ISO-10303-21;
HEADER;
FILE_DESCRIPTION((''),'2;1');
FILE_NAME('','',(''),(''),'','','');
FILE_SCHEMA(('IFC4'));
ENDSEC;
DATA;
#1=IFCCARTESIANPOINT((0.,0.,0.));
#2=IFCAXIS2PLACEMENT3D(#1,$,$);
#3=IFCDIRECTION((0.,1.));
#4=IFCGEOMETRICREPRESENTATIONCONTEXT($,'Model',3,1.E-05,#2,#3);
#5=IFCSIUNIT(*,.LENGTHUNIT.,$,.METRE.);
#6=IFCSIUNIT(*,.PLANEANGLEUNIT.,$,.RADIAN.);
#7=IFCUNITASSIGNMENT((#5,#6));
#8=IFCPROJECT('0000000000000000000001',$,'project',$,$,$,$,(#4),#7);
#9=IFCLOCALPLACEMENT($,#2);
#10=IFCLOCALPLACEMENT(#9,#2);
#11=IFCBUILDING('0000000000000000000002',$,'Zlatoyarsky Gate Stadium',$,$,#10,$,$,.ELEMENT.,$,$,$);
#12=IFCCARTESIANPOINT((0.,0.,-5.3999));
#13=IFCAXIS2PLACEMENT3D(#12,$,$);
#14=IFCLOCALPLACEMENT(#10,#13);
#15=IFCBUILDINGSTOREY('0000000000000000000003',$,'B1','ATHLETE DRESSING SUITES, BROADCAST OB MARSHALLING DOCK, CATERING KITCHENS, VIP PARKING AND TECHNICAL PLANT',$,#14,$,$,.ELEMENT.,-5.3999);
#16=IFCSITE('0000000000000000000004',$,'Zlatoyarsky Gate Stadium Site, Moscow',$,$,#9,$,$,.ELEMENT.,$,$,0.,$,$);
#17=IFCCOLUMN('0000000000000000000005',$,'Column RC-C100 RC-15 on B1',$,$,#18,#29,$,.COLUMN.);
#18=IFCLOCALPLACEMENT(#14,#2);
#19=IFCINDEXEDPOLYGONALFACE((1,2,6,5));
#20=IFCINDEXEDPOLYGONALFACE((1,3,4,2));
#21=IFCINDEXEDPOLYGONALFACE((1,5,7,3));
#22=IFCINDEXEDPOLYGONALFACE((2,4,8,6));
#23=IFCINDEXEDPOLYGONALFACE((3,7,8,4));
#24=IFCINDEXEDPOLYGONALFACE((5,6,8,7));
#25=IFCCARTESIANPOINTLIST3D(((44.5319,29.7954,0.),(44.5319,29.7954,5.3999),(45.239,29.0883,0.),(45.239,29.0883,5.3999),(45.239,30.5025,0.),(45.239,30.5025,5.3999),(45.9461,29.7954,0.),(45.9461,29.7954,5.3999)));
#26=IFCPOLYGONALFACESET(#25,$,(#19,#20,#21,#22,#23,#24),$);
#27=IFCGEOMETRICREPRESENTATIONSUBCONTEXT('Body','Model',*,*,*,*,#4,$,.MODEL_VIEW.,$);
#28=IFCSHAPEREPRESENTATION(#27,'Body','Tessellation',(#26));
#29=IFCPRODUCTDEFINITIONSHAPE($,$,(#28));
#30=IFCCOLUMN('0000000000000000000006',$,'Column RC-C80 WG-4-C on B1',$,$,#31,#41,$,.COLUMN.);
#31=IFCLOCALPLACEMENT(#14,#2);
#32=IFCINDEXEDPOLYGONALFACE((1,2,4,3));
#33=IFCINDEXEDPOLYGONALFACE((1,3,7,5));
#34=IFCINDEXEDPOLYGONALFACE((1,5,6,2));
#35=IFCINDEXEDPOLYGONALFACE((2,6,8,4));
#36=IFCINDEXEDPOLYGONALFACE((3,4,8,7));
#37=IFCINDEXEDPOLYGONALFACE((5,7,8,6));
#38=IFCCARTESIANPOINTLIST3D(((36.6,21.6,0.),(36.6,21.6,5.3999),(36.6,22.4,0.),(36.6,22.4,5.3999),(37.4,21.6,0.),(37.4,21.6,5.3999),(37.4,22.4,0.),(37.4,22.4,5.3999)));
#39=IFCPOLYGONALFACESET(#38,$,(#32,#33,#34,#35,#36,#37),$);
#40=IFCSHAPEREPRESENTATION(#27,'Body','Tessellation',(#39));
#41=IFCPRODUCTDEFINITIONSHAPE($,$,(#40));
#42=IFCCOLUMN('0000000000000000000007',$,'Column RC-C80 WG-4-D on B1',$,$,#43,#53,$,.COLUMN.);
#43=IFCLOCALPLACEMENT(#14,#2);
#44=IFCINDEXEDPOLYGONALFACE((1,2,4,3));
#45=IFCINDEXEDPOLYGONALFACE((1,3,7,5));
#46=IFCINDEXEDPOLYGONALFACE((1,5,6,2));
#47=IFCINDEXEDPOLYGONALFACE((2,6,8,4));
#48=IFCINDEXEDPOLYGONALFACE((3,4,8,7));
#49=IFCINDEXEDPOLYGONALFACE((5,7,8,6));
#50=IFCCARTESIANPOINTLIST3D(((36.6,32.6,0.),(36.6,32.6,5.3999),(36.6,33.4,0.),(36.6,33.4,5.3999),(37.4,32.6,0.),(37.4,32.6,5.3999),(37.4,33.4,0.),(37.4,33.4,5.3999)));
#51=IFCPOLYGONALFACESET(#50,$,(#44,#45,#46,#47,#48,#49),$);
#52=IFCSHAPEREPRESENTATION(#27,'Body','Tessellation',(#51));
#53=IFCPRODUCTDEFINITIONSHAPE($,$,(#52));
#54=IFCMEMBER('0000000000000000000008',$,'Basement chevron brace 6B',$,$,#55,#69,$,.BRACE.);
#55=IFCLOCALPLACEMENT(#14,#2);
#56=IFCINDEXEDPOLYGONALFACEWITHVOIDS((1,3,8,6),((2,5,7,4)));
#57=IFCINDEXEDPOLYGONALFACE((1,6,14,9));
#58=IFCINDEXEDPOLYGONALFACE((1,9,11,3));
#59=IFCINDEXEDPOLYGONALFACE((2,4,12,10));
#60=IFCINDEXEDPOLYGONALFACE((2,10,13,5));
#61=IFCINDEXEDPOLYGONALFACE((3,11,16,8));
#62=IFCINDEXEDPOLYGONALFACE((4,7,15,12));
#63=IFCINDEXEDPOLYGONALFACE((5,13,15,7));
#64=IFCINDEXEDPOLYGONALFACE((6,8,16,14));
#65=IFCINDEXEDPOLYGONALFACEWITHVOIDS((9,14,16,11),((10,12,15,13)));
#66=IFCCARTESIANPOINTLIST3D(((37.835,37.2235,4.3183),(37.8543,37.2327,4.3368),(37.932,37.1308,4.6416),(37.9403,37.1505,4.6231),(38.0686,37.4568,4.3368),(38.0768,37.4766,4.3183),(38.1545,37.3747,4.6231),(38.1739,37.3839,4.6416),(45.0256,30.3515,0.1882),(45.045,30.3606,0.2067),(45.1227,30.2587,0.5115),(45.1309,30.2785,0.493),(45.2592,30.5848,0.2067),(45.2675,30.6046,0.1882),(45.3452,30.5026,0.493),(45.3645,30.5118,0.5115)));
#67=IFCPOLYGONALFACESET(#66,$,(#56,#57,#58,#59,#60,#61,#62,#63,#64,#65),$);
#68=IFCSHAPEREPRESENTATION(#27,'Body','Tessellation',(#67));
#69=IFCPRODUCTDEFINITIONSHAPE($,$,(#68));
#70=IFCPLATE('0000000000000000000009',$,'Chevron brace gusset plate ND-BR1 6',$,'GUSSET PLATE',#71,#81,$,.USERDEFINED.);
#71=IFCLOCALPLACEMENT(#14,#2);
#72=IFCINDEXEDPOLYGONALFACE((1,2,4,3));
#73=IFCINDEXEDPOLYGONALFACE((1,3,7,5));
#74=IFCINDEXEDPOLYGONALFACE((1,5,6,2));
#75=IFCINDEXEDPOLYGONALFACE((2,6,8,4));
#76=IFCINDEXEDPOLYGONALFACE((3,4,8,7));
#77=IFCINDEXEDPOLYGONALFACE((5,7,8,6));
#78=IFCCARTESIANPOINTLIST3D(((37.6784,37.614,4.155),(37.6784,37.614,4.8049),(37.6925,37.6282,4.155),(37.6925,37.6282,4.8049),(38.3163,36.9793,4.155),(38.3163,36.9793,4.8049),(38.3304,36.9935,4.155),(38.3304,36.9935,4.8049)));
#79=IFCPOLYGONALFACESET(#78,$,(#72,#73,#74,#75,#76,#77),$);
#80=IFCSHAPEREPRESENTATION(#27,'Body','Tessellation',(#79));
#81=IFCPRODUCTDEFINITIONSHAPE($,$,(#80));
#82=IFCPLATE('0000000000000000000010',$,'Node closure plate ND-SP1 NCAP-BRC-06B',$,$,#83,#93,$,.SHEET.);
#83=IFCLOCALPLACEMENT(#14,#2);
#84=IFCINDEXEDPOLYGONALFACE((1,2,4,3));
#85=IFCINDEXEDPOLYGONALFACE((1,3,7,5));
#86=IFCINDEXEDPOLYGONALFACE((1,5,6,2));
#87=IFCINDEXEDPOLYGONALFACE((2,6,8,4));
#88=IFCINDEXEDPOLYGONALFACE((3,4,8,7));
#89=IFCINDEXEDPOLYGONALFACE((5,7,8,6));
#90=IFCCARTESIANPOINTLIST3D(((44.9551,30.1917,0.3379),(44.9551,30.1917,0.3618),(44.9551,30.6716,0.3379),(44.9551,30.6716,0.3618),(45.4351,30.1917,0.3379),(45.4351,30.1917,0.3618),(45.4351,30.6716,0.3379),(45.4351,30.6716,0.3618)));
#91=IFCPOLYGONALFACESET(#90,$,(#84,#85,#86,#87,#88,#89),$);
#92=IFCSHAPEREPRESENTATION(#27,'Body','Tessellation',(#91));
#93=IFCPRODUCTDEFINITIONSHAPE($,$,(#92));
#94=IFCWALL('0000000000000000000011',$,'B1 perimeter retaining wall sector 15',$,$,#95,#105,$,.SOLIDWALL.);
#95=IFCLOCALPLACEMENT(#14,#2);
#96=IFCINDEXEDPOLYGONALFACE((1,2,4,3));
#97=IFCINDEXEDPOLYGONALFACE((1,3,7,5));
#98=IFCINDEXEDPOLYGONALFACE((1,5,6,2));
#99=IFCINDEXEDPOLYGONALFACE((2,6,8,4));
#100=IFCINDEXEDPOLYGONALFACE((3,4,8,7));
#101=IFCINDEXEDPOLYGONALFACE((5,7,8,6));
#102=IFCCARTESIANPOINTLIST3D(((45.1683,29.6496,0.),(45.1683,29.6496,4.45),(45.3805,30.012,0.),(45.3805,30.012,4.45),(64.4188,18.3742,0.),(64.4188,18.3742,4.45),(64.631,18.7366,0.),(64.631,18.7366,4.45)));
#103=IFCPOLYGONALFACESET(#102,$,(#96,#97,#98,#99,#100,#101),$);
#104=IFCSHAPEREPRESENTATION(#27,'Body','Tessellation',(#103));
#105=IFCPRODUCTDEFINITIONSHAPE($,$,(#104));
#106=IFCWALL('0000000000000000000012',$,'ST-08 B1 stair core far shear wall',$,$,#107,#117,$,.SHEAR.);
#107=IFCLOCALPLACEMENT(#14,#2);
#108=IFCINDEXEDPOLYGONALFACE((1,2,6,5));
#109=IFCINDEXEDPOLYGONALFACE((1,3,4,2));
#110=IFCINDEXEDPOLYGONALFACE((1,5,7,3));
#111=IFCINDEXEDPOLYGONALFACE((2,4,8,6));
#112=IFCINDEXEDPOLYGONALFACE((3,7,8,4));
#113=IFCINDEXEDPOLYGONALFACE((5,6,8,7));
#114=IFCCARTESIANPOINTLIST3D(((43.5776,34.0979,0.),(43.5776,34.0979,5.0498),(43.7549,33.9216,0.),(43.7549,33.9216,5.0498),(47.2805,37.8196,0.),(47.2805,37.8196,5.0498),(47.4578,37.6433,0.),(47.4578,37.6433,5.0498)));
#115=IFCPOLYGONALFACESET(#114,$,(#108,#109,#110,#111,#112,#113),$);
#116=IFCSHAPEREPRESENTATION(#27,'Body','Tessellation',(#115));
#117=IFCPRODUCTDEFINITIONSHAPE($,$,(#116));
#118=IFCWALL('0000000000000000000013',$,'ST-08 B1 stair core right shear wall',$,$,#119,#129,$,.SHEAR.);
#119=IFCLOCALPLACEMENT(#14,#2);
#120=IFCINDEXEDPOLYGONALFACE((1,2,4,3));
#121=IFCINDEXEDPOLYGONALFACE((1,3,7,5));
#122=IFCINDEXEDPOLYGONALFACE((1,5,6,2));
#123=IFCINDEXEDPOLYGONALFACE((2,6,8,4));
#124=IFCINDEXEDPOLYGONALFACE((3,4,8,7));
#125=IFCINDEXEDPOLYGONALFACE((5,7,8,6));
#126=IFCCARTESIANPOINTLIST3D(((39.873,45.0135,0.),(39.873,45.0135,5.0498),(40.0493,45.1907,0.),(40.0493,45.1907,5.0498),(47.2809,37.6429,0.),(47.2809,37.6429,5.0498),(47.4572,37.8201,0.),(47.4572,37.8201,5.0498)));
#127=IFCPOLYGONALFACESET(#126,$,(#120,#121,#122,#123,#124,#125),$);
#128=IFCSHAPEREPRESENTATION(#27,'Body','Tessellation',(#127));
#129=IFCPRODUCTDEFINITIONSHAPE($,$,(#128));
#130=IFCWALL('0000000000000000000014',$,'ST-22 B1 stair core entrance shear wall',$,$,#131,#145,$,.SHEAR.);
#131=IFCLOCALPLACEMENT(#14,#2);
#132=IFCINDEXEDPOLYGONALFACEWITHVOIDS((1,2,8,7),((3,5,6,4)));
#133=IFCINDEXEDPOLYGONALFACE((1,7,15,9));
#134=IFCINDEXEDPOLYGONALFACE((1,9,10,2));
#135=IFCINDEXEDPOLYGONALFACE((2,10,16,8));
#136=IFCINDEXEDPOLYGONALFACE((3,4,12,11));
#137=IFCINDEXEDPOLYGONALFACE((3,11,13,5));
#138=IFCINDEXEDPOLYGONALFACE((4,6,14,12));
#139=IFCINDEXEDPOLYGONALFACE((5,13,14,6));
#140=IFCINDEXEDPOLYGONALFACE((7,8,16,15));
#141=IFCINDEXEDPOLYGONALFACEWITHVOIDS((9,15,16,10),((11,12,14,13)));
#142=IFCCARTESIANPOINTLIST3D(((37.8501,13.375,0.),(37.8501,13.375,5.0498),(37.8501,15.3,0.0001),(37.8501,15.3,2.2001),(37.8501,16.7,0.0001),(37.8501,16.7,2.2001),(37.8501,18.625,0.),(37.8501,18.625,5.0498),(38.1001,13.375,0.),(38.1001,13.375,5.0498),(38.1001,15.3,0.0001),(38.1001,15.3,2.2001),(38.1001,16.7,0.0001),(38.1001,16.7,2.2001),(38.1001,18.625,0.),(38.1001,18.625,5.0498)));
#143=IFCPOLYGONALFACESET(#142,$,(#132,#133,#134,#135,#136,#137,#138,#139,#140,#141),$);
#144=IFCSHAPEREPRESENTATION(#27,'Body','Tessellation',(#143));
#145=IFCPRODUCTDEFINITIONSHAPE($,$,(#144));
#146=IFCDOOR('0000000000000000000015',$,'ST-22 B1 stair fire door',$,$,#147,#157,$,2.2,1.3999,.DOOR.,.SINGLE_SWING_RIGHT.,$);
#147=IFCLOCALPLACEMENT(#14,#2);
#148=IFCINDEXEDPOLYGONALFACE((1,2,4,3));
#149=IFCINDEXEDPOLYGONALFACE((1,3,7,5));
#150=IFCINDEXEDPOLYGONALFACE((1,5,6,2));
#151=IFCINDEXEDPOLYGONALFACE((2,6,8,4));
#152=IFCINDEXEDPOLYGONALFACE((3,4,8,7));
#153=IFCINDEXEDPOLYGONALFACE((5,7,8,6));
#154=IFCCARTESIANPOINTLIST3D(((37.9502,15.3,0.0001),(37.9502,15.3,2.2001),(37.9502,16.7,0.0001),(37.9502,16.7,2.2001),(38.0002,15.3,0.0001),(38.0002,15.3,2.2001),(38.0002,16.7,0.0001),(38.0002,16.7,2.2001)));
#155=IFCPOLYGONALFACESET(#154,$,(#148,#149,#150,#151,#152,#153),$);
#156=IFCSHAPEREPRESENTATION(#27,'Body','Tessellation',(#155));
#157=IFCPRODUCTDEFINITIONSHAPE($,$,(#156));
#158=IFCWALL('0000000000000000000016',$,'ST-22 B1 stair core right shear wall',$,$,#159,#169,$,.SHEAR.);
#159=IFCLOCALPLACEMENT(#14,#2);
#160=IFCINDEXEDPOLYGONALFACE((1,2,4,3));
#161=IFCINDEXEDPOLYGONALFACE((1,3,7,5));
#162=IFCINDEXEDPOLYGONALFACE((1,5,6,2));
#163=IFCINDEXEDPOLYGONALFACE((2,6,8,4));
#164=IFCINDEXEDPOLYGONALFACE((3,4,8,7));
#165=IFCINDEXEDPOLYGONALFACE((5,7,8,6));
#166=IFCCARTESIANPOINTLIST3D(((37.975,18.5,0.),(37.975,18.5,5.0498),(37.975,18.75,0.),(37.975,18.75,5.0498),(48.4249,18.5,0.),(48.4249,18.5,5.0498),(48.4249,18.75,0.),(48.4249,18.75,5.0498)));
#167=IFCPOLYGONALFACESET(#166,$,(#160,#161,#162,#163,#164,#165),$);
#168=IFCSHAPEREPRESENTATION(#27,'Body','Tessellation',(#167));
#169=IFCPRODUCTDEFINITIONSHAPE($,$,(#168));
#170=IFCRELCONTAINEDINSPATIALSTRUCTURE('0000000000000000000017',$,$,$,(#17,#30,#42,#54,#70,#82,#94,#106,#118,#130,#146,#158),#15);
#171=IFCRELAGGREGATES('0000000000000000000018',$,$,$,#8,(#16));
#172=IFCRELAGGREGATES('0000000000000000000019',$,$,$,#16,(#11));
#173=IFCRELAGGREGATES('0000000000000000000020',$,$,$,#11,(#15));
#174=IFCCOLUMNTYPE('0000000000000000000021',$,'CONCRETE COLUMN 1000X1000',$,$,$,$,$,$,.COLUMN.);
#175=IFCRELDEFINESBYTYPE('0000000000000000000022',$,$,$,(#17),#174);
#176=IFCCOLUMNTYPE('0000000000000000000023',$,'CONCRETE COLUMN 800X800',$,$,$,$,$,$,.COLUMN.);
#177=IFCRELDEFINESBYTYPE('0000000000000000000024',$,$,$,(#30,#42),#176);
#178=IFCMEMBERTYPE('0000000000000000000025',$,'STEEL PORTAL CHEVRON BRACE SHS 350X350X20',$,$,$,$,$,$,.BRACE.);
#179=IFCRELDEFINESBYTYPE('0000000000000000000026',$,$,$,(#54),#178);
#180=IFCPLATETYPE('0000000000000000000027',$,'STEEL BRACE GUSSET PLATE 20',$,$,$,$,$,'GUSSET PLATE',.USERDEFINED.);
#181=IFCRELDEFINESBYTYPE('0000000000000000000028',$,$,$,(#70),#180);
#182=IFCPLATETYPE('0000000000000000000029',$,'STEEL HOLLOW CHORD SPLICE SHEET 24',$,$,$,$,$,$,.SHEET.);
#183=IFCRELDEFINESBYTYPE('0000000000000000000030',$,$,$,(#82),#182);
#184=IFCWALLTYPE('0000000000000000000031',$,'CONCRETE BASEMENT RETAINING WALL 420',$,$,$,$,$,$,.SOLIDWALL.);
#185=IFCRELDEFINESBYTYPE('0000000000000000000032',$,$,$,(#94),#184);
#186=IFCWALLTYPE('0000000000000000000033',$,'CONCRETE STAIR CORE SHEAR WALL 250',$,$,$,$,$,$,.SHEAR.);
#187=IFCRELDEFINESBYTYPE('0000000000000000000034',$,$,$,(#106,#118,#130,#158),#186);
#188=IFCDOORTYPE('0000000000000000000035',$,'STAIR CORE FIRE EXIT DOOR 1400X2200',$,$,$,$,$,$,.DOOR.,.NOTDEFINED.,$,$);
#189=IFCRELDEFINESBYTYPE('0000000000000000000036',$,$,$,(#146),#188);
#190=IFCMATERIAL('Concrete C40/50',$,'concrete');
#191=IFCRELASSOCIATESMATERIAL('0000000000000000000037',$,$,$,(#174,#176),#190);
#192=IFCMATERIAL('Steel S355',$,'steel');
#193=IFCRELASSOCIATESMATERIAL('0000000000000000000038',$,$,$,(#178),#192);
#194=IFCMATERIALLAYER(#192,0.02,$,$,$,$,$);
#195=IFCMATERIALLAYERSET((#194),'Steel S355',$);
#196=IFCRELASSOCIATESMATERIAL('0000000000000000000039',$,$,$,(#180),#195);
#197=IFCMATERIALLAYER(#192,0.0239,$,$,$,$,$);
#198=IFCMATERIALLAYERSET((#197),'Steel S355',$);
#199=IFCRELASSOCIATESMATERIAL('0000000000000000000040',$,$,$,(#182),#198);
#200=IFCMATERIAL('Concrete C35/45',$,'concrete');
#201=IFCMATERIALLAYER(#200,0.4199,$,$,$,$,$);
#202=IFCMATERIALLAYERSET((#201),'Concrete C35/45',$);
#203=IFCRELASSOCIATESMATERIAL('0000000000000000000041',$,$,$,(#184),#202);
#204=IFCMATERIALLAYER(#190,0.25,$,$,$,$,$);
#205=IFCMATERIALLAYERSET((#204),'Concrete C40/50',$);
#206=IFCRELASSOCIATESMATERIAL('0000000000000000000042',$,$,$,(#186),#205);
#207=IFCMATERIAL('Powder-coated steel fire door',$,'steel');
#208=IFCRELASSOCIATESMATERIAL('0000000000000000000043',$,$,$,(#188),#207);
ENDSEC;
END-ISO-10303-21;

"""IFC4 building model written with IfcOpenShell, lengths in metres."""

from ifc_helpers import new_model, si_unit, direction, frame, frame_2d, origin, origin_2d, place, context, subcontext, project, spatial, rectangle, hollow_rectangle, extrude, material, layer, layer_set, material_profile, profile_set, type_object, element, fill, save


model = new_model("IFC4")

# Units and contexts
model_context = context("Model", 3, precision=1e-05, world=origin(), true_north=direction((0.0, 1.0)))
body_context = subcontext(model_context, "Body", "Model", "MODEL_VIEW")
ifc_project = project(units=[si_unit("LENGTHUNIT", "METRE"), si_unit("PLANEANGLEUNIT", "RADIAN")], contexts=[model_context])

# Site, building, storey
site_placement = place(None, origin())
site = spatial("IfcSite", under=ifc_project, at=site_placement, Name="Zlatoyarsky Gate Stadium Site, Moscow", CompositionType="ELEMENT", RefElevation=0.0)
building_placement = place(site_placement, origin())
building = spatial("IfcBuilding", under=site, at=building_placement, Name="Zlatoyarsky Gate Stadium", CompositionType="ELEMENT")
storey_placement = place(building_placement, frame((0.0, 0.0, -5.3999)))
storey = spatial("IfcBuildingStorey", under=building, at=storey_placement, Name="B1", Description="ATHLETE DRESSING SUITES, BROADCAST OB MARSHALLING DOCK, CATERING KITCHENS, VIP PARKING AND TECHNICAL PLANT", CompositionType="ELEMENT", Elevation=-5.3999)

# Shared definitions
ifc_material_1 = material(Name="Concrete C35/45", Category="concrete")

# Columns
ifc_material_2 = material(Name="Concrete C40/50", Category="concrete")
ifc_material_profile_1 = material_profile(ifc_material_2, rectangle(XDim=1.0, YDim=1.0, at=origin_2d()), Name="RC COL 1000X1000")
ifc_profile_set_1 = profile_set([ifc_material_profile_1], Name="Concrete C40/50")
column_type_1 = type_object("IfcColumnType", Name="CONCRETE COLUMN 1000X1000", PredefinedType="COLUMN", material=ifc_profile_set_1)
column_placement = place(storey_placement, frame((45.239, 29.7954, 0.0), z_axis=(0.0, 0.0, 1.0), x_axis=(-0.707107, -0.707107, 0.0)))
element("IfcColumn", 1, at=column_placement, inside=storey, type_object=column_type_1, Name="Column RC-C100 RC-15 on B1", PredefinedType="COLUMN", context=body_context, shape_type="SweptSolid", body=[
    extrude(rectangle(XDim=1.0, YDim=1.0, at=origin_2d()), origin(), (0.0, 0.0, 1.0), 5.3999),
])
ifc_material_profile_2 = material_profile(ifc_material_2, rectangle(XDim=0.8, YDim=0.8, at=origin_2d()), Name="RC COL 800X800")
ifc_profile_set_2 = profile_set([ifc_material_profile_2], Name="Concrete C40/50")
column_type_2 = type_object("IfcColumnType", Name="CONCRETE COLUMN 800X800", PredefinedType="COLUMN", material=ifc_profile_set_2)
for number, where, z_axis, x_axis, name in (
    (2, (37.0, 22.0, 0.0), (0.0, 0.0, 1.0), (1.0, 0.0, 0.0), "Column RC-C80 WG-4-C on B1"),
    (3, (37.0, 33.0, 0.0), (0.0, 0.0, 1.0), (1.0, 0.0, 0.0), "Column RC-C80 WG-4-D on B1"),
):
    element("IfcColumn", number, at=place(storey_placement, frame(where, z_axis=z_axis, x_axis=x_axis)), inside=storey, type_object=column_type_2, Name=name, PredefinedType="COLUMN", context=body_context, shape_type="SweptSolid", body=[
        extrude(rectangle(XDim=0.8, YDim=0.8, at=origin_2d()), origin(), (0.0, 0.0, 1.0), 5.3999),
    ])

# Member
ifc_material_3 = material(Name="Steel S355", Category="steel")
ifc_material_profile_3 = material_profile(ifc_material_3, hollow_rectangle(XDim=0.3501, YDim=0.3501, WallThickness=0.02, at=origin_2d()), Name="SHS 350X350X20")
ifc_profile_set_3 = profile_set([ifc_material_profile_3], Name="Steel S355")
member_type = type_object("IfcMemberType", Name="STEEL PORTAL CHEVRON BRACE SHS 350X350X20", PredefinedType="BRACE", material=ifc_profile_set_3)
member_placement = place(storey_placement, frame((45.1951, 30.4316, 0.3499), z_axis=(-0.667669, 0.638086, 0.383491), x_axis=(-0.690909, -0.722941, 0.0)))
element("IfcMember", 4, at=member_placement, inside=storey, type_object=member_type, Name="Basement chevron brace 6B", PredefinedType="BRACE", context=body_context, shape_type="SweptSolid", body=[
    extrude(hollow_rectangle(XDim=0.3501, YDim=0.3501, WallThickness=0.02, at=origin_2d()), origin(), (0.0, 0.0, 1.0), 10.7698),
])

# Plates
ifc_layer_1 = layer(ifc_material_3, 0.02)
ifc_layer_set_1 = layer_set([ifc_layer_1], Name="Steel S355")
plate_type_1 = type_object("IfcPlateType", Name="STEEL BRACE GUSSET PLATE 20", ElementType="GUSSET PLATE", PredefinedType="USERDEFINED", material=ifc_layer_set_1)
plate_1_placement = place(storey_placement, frame((38.0044, 37.3037, 4.155), z_axis=(0.0, 0.0, 1.0), x_axis=(0.708901, -0.705308, 0.0)))
element("IfcPlate", 5, at=plate_1_placement, inside=storey, type_object=plate_type_1, Name="Chevron brace gusset plate ND-BR1 6", ObjectType="GUSSET PLATE", PredefinedType="USERDEFINED", context=body_context, shape_type="SweptSolid", body=[
    extrude(rectangle(XDim=0.8999, YDim=0.02, at=origin_2d()), origin(), (0.0, 0.0, 1.0), 0.6499),
])
ifc_layer_2 = layer(ifc_material_3, 0.0239)
ifc_layer_set_2 = layer_set([ifc_layer_2], Name="Steel S355")
plate_type_2 = type_object("IfcPlateType", Name="STEEL HOLLOW CHORD SPLICE SHEET 24", PredefinedType="SHEET", material=ifc_layer_set_2)
plate_2_placement = place(storey_placement, frame((45.1951, 30.4316, 0.3379), z_axis=(0.0, 0.0, 1.0), x_axis=(1.0, 0.0, 0.0)))
element("IfcPlate", 6, at=plate_2_placement, inside=storey, type_object=plate_type_2, Name="Node closure plate ND-SP1 NCAP-BRC-06B", PredefinedType="SHEET", context=body_context, shape_type="SweptSolid", body=[
    extrude(rectangle(XDim=0.48, YDim=0.48, at=origin_2d()), origin(), (0.0, 0.0, 1.0), 0.0239),
])

# Walls
ifc_layer_3 = layer(ifc_material_1, 0.4199)
ifc_layer_set_3 = layer_set([ifc_layer_3], Name="Concrete C35/45")
wall_type_1 = type_object("IfcWallType", Name="CONCRETE BASEMENT RETAINING WALL 420", PredefinedType="SOLIDWALL", material=ifc_layer_set_3)
wall_1_placement = place(storey_placement, frame((45.2744, 29.8308, 0.0), z_axis=(0.0, 0.0, 1.0), x_axis=(0.862881, -0.505407, 0.0)))
element("IfcWall", 7, at=wall_1_placement, inside=storey, type_object=wall_type_1, Name="B1 perimeter retaining wall sector 15", PredefinedType="SOLIDWALL", context=body_context, shape_type="SweptSolid", body=[
    extrude(rectangle(XDim=22.3096, YDim=0.4199, at=frame_2d((11.1548, 0.0))), origin(), (0.0, 0.0, 1.0), 4.45),
])
ifc_layer_4 = layer(ifc_material_2, 0.25)
ifc_layer_set_4 = layer_set([ifc_layer_4], Name="Concrete C40/50")
wall_type_2 = type_object("IfcWallType", Name="CONCRETE STAIR CORE SHEAR WALL 250", PredefinedType="SHEAR", material=ifc_layer_set_4)
wall_2_placement = place(storey_placement, frame((43.6663, 34.0098, 0.0), z_axis=(0.0, 0.0, 1.0), x_axis=(0.705314, 0.708895, 0.0)))
element("IfcWall", 8, at=wall_2_placement, inside=storey, type_object=wall_type_2, Name="ST-08 B1 stair core far shear wall", PredefinedType="SHEAR", context=body_context, shape_type="SweptSolid", body=[
    extrude(rectangle(XDim=5.25, YDim=0.25, at=frame_2d((2.625, 0.0))), origin(), (0.0, 0.0, 1.0), 5.0498),
])
wall_3_placement = place(storey_placement, frame((47.3691, 37.7314, 0.0), z_axis=(0.0, 0.0, 1.0), x_axis=(-0.708892, 0.705317, 0.0)))
element("IfcWall", 9, at=wall_3_placement, inside=storey, type_object=wall_type_2, Name="ST-08 B1 stair core right shear wall", PredefinedType="SHEAR", context=body_context, shape_type="SweptSolid", body=[
    extrude(rectangle(XDim=10.45, YDim=0.25, at=frame_2d((5.2251, 0.0))), origin(), (0.0, 0.0, 1.0), 5.0498),
])

# Wall, opening, door
wall_4_placement = place(storey_placement, frame((37.9751, 18.625, 0.0), z_axis=(0.0, 0.0, 1.0), x_axis=(0.0, -1.0, 0.0)))
wall_4 = element("IfcWall", 10, at=wall_4_placement, inside=storey, type_object=wall_type_2, Name="ST-22 B1 stair core entrance shear wall", PredefinedType="SHEAR", context=body_context, shape_type="SweptSolid", body=[
    extrude(rectangle(XDim=5.25, YDim=0.25, at=frame_2d((2.625, 0.0))), origin(), (0.0, 0.0, 1.0), 5.0498),
])
opening_placement = place(wall_4_placement, frame((1.925, 0.0, 0.0)))
opening = element("IfcOpeningElement", 11, at=opening_placement, cuts=wall_4, PredefinedType="OPENING", context=body_context, shape_type="SweptSolid", body=[
    extrude(rectangle(XDim=1.3999, YDim=2.2, at=frame_2d((0.7, 1.1001))), frame((0.0, 0.135, 0.0), z_axis=(0.0, -1.0, 0.0), x_axis=(1.0, 0.0, 0.0)), (0.0, 0.0, 1.0), 0.27),
])
ifc_material_4 = material(Name="Powder-coated steel fire door", Category="steel")
door_type = type_object("IfcDoorType", Name="STAIR CORE FIRE EXIT DOOR 1400X2200", OperationType="NOTDEFINED", PredefinedType="DOOR", material=ifc_material_4)
door_placement = place(opening_placement, frame((1.3999, 0.0, 0.0), z_axis=(0.0, 0.0, 1.0), x_axis=(-1.0, 0.0, 0.0)))
door = element("IfcDoor", 12, at=door_placement, inside=storey, type_object=door_type, Name="ST-22 B1 stair fire door", OperationType="SINGLE_SWING_RIGHT", OverallHeight=2.2, OverallWidth=1.3999, PredefinedType="DOOR", context=body_context, shape_type="SweptSolid", body=[
    extrude(rectangle(XDim=1.3999, YDim=2.2, at=frame_2d((0.7, 1.1001))), frame((0.0, 0.0249, 0.0), z_axis=(0.0, -1.0, 0.0), x_axis=(1.0, 0.0, 0.0)), (0.0, 0.0, 1.0), 0.05),
])
fill(opening, door)

# Wall
wall_5_placement = place(storey_placement, frame((48.425, 18.625, 0.0), z_axis=(0.0, 0.0, 1.0), x_axis=(-1.0, 0.0, 0.0)))
element("IfcWall", 13, at=wall_5_placement, inside=storey, type_object=wall_type_2, Name="ST-22 B1 stair core right shear wall", PredefinedType="SHEAR", context=body_context, shape_type="SweptSolid", body=[
    extrude(rectangle(XDim=10.45, YDim=0.25, at=frame_2d((5.2251, 0.0))), origin(), (0.0, 0.0, 1.0), 5.0498),
])

save(model, "model.ifc")
